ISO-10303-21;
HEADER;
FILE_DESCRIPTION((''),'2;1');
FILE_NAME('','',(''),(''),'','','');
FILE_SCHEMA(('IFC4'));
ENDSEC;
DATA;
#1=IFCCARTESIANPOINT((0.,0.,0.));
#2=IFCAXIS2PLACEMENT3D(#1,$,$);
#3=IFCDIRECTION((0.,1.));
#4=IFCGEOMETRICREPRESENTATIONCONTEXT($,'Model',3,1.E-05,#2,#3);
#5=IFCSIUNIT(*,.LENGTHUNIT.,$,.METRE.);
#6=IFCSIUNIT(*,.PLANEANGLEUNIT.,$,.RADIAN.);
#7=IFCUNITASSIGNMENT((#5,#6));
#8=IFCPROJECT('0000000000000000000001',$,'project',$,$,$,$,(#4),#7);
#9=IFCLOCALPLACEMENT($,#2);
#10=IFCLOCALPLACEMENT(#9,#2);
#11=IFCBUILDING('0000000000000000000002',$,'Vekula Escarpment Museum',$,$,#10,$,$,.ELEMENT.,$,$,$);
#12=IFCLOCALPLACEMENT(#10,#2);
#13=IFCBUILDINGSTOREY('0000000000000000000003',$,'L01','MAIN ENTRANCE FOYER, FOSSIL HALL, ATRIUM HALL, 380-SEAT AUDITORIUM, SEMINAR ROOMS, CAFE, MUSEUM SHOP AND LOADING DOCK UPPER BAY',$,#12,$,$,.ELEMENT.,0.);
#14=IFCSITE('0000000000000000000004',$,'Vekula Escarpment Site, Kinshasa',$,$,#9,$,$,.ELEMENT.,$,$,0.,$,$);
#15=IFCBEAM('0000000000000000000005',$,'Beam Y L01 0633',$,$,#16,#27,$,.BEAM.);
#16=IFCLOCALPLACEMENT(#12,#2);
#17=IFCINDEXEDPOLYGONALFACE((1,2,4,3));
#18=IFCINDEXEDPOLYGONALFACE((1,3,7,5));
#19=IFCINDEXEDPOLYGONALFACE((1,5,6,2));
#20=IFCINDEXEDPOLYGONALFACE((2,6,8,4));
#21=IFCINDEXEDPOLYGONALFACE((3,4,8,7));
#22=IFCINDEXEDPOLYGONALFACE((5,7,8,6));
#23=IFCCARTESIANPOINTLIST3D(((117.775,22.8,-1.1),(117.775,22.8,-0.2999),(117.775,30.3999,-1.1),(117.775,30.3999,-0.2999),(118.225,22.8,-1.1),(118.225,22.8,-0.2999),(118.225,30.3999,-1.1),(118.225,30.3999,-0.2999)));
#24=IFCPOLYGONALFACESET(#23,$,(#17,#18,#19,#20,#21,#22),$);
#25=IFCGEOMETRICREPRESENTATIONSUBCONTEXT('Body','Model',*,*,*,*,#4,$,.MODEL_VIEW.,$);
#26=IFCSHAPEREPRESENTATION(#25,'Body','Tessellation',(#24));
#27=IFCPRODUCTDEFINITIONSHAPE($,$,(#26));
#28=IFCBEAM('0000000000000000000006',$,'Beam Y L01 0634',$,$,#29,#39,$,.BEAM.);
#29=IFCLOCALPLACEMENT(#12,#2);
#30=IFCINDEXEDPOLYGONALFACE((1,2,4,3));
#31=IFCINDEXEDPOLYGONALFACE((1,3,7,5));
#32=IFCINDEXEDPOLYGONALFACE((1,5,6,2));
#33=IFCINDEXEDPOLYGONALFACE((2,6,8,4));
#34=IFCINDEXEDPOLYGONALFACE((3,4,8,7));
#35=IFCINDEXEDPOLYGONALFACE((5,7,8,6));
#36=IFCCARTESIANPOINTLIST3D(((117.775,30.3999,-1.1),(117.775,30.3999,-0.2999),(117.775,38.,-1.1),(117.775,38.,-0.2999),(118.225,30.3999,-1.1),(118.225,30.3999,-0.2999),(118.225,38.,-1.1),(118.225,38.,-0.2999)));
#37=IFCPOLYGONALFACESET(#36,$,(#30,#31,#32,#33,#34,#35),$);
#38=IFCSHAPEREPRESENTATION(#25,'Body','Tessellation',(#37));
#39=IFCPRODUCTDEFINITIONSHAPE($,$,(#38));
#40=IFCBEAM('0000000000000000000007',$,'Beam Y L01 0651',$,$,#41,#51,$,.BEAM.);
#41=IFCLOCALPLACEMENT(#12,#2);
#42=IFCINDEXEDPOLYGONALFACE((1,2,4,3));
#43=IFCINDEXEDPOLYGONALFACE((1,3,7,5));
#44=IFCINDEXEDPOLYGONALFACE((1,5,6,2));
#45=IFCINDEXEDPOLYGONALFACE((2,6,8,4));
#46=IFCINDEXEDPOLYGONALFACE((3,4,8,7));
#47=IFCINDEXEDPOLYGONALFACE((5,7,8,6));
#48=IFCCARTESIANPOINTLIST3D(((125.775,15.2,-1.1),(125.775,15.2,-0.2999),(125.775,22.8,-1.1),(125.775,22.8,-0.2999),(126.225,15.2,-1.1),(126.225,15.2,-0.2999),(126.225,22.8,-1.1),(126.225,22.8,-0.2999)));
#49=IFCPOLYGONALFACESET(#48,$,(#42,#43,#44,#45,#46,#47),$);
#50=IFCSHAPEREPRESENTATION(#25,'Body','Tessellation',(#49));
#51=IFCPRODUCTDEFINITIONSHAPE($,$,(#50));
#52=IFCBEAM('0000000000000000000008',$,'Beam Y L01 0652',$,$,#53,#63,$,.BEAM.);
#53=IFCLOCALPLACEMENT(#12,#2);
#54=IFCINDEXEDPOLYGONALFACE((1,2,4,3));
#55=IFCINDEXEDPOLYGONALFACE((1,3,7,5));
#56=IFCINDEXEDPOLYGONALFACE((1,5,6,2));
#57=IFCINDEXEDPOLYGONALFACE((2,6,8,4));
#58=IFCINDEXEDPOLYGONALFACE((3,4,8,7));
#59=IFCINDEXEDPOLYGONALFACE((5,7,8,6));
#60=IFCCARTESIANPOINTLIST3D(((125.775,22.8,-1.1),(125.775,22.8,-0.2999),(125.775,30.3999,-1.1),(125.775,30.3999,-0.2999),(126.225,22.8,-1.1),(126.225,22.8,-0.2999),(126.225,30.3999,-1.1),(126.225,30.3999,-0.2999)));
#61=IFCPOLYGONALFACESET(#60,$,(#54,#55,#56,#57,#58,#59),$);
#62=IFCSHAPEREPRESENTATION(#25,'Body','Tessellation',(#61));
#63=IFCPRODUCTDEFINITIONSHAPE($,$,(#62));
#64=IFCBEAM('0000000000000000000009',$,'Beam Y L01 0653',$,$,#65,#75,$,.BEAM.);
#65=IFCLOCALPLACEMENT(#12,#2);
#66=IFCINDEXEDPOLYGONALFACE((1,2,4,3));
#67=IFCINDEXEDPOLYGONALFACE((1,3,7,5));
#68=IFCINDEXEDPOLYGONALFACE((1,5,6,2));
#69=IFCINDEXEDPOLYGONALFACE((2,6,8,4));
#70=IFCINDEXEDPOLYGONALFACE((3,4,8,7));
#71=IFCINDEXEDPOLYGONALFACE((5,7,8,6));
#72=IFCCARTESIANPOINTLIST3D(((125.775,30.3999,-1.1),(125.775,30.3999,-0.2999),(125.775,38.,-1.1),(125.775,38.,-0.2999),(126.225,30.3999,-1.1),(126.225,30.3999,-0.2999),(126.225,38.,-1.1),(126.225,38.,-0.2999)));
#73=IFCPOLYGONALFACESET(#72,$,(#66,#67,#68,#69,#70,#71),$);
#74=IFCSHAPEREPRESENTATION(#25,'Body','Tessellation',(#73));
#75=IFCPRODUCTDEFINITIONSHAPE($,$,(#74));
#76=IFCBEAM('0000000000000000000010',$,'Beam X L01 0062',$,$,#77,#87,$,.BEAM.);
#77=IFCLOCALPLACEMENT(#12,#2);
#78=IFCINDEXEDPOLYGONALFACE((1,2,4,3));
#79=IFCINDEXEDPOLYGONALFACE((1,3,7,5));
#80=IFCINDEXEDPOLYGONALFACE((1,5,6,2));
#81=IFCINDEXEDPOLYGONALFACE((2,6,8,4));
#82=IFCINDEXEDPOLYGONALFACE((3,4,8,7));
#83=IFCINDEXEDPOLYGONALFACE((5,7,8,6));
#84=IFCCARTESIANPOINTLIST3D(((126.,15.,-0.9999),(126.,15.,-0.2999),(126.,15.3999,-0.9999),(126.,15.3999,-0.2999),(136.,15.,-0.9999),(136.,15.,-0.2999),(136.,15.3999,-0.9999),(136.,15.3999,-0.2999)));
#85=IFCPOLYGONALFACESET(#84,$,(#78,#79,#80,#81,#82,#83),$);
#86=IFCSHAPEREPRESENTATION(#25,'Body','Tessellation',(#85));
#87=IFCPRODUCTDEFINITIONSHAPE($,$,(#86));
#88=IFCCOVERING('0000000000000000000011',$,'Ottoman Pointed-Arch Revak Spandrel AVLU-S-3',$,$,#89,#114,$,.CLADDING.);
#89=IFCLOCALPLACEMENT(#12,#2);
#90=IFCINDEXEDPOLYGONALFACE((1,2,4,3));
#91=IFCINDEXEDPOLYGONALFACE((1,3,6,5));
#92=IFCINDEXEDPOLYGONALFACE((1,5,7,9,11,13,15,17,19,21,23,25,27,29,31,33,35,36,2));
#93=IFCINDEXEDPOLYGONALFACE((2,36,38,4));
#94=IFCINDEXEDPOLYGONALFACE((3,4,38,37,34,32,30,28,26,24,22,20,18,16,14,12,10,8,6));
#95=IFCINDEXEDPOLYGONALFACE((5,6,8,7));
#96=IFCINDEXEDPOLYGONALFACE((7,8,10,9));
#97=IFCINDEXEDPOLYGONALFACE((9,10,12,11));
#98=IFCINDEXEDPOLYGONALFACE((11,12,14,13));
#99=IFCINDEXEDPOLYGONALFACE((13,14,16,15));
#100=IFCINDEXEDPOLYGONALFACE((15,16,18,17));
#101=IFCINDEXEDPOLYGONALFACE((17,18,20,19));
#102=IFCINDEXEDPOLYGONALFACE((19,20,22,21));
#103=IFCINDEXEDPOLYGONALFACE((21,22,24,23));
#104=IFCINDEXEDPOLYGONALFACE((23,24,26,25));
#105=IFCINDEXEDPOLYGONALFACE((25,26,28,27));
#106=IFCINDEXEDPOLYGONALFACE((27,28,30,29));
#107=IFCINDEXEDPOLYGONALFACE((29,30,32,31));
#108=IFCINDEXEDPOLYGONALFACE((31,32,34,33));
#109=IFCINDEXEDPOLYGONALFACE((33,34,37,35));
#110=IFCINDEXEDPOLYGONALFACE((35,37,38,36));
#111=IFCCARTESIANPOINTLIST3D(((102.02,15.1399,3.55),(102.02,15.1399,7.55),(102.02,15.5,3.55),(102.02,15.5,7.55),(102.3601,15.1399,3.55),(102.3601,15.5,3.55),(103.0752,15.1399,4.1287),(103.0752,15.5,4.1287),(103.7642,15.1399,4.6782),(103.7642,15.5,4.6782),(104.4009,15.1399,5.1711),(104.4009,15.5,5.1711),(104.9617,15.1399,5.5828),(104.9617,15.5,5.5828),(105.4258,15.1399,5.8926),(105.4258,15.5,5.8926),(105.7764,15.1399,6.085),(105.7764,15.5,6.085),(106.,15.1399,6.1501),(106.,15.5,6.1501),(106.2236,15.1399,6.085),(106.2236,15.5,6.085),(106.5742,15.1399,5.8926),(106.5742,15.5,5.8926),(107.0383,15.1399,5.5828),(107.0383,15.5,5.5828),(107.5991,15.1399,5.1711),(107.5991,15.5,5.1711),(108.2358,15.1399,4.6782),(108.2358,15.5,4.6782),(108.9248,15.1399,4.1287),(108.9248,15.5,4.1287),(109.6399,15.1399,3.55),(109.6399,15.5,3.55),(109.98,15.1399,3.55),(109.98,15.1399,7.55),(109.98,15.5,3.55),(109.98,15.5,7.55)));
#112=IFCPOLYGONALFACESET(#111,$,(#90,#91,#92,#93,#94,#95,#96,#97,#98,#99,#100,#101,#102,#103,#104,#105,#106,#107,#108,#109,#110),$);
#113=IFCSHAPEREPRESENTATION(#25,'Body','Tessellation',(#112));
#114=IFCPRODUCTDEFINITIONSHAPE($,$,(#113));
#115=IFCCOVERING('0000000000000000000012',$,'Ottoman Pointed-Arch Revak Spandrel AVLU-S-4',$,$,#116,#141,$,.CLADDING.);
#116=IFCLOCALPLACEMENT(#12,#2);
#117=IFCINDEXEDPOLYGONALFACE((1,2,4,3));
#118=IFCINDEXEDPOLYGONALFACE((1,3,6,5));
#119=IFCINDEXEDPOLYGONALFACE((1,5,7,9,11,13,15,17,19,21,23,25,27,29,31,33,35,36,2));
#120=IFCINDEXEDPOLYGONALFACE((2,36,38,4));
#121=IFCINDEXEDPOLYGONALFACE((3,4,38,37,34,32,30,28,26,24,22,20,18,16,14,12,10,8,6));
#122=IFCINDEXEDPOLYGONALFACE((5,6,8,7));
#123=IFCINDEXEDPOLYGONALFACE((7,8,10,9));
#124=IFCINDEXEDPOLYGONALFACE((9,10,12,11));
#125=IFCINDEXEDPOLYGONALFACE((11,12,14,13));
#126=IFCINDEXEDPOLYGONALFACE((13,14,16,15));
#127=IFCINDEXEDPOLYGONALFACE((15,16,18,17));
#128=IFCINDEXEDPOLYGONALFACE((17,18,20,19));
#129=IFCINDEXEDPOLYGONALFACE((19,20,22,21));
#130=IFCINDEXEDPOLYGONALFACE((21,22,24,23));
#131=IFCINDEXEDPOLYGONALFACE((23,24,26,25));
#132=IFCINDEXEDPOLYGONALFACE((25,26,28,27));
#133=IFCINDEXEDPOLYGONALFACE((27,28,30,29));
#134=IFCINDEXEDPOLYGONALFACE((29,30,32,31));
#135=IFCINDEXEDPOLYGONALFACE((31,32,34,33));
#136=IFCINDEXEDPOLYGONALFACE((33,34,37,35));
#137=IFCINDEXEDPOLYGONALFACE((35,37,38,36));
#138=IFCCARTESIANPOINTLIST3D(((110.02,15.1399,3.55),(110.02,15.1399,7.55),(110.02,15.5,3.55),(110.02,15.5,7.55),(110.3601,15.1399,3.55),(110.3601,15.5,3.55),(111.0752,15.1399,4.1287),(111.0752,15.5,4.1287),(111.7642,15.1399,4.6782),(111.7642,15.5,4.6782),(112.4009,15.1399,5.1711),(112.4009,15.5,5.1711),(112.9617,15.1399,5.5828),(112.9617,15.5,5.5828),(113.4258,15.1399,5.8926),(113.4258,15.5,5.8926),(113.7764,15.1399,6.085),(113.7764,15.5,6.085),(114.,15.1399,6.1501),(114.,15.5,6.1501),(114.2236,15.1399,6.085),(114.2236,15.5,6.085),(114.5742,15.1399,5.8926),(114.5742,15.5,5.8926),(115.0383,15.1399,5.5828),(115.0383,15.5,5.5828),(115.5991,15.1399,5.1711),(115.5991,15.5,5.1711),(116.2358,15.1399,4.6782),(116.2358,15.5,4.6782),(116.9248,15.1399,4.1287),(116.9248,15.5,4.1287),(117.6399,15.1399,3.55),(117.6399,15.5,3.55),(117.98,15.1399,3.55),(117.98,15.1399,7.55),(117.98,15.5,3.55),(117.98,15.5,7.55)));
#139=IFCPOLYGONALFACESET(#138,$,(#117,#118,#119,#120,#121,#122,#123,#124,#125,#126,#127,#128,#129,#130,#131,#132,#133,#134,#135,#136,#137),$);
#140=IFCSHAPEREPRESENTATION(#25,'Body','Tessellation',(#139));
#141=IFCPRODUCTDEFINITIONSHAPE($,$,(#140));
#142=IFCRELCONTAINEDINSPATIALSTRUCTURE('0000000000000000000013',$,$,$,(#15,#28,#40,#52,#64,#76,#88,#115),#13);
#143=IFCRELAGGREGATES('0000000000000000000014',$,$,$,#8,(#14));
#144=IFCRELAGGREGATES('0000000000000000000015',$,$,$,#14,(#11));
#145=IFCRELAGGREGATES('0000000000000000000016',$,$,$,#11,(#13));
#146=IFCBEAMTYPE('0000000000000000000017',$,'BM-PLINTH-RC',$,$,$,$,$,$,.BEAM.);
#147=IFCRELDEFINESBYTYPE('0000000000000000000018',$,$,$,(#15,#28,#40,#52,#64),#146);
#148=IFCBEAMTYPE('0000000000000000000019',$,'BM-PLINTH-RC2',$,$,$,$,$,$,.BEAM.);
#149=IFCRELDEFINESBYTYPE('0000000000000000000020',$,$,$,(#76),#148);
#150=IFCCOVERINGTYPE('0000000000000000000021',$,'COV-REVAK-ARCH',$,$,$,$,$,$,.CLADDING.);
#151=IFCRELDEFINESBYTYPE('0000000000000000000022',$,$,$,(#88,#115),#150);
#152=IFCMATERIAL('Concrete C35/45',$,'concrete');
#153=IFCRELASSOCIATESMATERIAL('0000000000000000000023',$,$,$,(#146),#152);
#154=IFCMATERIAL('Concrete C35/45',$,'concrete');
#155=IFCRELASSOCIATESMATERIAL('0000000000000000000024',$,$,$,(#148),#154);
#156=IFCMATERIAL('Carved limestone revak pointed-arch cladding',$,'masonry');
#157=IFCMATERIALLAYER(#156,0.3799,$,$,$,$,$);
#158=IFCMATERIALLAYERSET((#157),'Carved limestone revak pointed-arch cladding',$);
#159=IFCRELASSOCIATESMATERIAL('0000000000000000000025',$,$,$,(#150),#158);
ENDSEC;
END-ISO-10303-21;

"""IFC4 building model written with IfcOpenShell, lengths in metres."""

from ifc_helpers import new_model, si_unit, direction, frame, origin, origin_2d, place, context, subcontext, project, spatial, polyline, rectangle, outline, extrude, material, layer, layer_set, material_profile, profile_set, type_object, element, save


model = new_model("IFC4")

# Units and contexts
model_context = context("Model", 3, precision=1e-05, world=origin(), true_north=direction((0.0, 1.0)))
body_context = subcontext(model_context, "Body", "Model", "MODEL_VIEW")
ifc_project = project(units=[si_unit("LENGTHUNIT", "METRE"), si_unit("PLANEANGLEUNIT", "RADIAN")], contexts=[model_context])

# Site, building, storey
site_placement = place(None, origin())
site = spatial("IfcSite", under=ifc_project, at=site_placement, Name="Vekula Escarpment Site, Kinshasa", CompositionType="ELEMENT", RefElevation=0.0)
building_placement = place(site_placement, origin())
building = spatial("IfcBuilding", under=site, at=building_placement, Name="Vekula Escarpment Museum", CompositionType="ELEMENT")
storey_placement = place(building_placement, origin())
storey = spatial("IfcBuildingStorey", under=building, at=storey_placement, Name="L01", Description="MAIN ENTRANCE FOYER, FOSSIL HALL, ATRIUM HALL, 380-SEAT AUDITORIUM, SEMINAR ROOMS, CAFE, MUSEUM SHOP AND LOADING DOCK UPPER BAY", CompositionType="ELEMENT", Elevation=0.0)

# Beams
ifc_material_1 = material(Name="Concrete C35/45", Category="concrete")
ifc_material_profile_1 = material_profile(ifc_material_1, rectangle(XDim=0.45, YDim=0.8, at=origin_2d()), Name="RC 450x800")
ifc_profile_set_1 = profile_set([ifc_material_profile_1], Name="Concrete C35/45")
beam_type_1 = type_object("IfcBeamType", Name="BM-PLINTH-RC", PredefinedType="BEAM", material=ifc_profile_set_1)
beam_1_placement = place(storey_placement, frame((118.0, 22.8, -0.7), z_axis=(0.0, 1.0, 0.0), x_axis=(-1.0, 0.0, 0.0)))
element("IfcBeam", 1, at=beam_1_placement, inside=storey, type_object=beam_type_1, Name="Beam Y L01 0633", PredefinedType="BEAM", context=body_context, shape_type="SweptSolid", body=[
    extrude(rectangle(XDim=0.45, YDim=0.8, at=origin_2d()), origin(), (0.0, 0.0, 1.0), 7.5999),
])
for number, where, z_axis, x_axis, name in (
    (2, (118.0, 30.3999, -0.7), (0.0, 1.0, 0.0), (-1.0, 0.0, 0.0), "Beam Y L01 0634"),
    (3, (126.0, 15.2, -0.7), (0.0, 1.0, 0.0), (-1.0, 0.0, 0.0), "Beam Y L01 0651"),
):
    element("IfcBeam", number, at=place(storey_placement, frame(where, z_axis=z_axis, x_axis=x_axis)), inside=storey, type_object=beam_type_1, Name=name, PredefinedType="BEAM", context=body_context, shape_type="SweptSolid", body=[
        extrude(rectangle(XDim=0.45, YDim=0.8, at=origin_2d()), origin(), (0.0, 0.0, 1.0), 7.6001),
    ])
beam_2_placement = place(storey_placement, frame((126.0, 22.8, -0.7), z_axis=(0.0, 1.0, 0.0), x_axis=(-1.0, 0.0, 0.0)))
element("IfcBeam", 4, at=beam_2_placement, inside=storey, type_object=beam_type_1, Name="Beam Y L01 0652", PredefinedType="BEAM", context=body_context, shape_type="SweptSolid", body=[
    extrude(rectangle(XDim=0.45, YDim=0.8, at=origin_2d()), origin(), (0.0, 0.0, 1.0), 7.5999),
])
beam_3_placement = place(storey_placement, frame((126.0, 30.3999, -0.7), z_axis=(0.0, 1.0, 0.0), x_axis=(-1.0, 0.0, 0.0)))
element("IfcBeam", 5, at=beam_3_placement, inside=storey, type_object=beam_type_1, Name="Beam Y L01 0653", PredefinedType="BEAM", context=body_context, shape_type="SweptSolid", body=[
    extrude(rectangle(XDim=0.45, YDim=0.8, at=origin_2d()), origin(), (0.0, 0.0, 1.0), 7.6001),
])
ifc_material_2 = material(Name="Concrete C35/45", Category="concrete")
ifc_material_profile_2 = material_profile(ifc_material_2, rectangle(XDim=0.3999, YDim=0.7, at=origin_2d()), Name="RC 400x700")
ifc_profile_set_2 = profile_set([ifc_material_profile_2], Name="Concrete C35/45")
beam_type_2 = type_object("IfcBeamType", Name="BM-PLINTH-RC2", PredefinedType="BEAM", material=ifc_profile_set_2)
beam_4_placement = place(storey_placement, frame((126.0, 15.2, -0.6499), z_axis=(1.0, 0.0, 0.0), x_axis=(0.0, 1.0, 0.0)))
element("IfcBeam", 6, at=beam_4_placement, inside=storey, type_object=beam_type_2, Name="Beam X L01 0062", PredefinedType="BEAM", context=body_context, shape_type="SweptSolid", body=[
    extrude(rectangle(XDim=0.3999, YDim=0.7, at=origin_2d()), origin(), (0.0, 0.0, 1.0), 10.0),
])

# Coverings
ifc_material_3 = material(Name="Carved limestone revak pointed-arch cladding", Category="masonry")
ifc_layer = layer(ifc_material_3, 0.3799)
ifc_layer_set = layer_set([ifc_layer], Name="Carved limestone revak pointed-arch cladding")
covering_type = type_object("IfcCoveringType", Name="COV-REVAK-ARCH", PredefinedType="CLADDING", material=ifc_layer_set)
for number, where, z_axis, x_axis, name in (
    (7, (106.0, 15.5, 3.55), (0.0, -1.0, 0.0), (1.0, 0.0, 0.0), "Ottoman Pointed-Arch Revak Spandrel AVLU-S-3"),
    (8, (114.0, 15.5, 3.55), (0.0, -1.0, 0.0), (1.0, 0.0, 0.0), "Ottoman Pointed-Arch Revak Spandrel AVLU-S-4"),
):
    element("IfcCovering", number, at=place(storey_placement, frame(where, z_axis=z_axis, x_axis=x_axis)), inside=storey, type_object=covering_type, Name=name, PredefinedType="CLADDING", context=body_context, shape_type="SweptSolid", body=[
        extrude(outline(polyline([(-3.98, 4.0), (3.98, 4.0), (3.98, 0.0), (3.6399, 0.0), (2.9248, 0.5786), (2.2358, 1.1282), (1.5991, 1.6211), (1.0383, 2.0327), (0.5742, 2.3425), (0.2236, 2.5349), (0.0, 2.6001), (-0.2236, 2.5349), (-0.5742, 2.3425), (-1.0383, 2.0327), (-1.5991, 1.6211), (-2.2358, 1.1282), (-2.9248, 0.5786), (-3.6399, 0.0), (-3.98, 0.0), (-3.98, 4.0)])), origin(), (0.0, 0.0, 1.0), 0.3601),
    ])

save(model, "model.ifc")
